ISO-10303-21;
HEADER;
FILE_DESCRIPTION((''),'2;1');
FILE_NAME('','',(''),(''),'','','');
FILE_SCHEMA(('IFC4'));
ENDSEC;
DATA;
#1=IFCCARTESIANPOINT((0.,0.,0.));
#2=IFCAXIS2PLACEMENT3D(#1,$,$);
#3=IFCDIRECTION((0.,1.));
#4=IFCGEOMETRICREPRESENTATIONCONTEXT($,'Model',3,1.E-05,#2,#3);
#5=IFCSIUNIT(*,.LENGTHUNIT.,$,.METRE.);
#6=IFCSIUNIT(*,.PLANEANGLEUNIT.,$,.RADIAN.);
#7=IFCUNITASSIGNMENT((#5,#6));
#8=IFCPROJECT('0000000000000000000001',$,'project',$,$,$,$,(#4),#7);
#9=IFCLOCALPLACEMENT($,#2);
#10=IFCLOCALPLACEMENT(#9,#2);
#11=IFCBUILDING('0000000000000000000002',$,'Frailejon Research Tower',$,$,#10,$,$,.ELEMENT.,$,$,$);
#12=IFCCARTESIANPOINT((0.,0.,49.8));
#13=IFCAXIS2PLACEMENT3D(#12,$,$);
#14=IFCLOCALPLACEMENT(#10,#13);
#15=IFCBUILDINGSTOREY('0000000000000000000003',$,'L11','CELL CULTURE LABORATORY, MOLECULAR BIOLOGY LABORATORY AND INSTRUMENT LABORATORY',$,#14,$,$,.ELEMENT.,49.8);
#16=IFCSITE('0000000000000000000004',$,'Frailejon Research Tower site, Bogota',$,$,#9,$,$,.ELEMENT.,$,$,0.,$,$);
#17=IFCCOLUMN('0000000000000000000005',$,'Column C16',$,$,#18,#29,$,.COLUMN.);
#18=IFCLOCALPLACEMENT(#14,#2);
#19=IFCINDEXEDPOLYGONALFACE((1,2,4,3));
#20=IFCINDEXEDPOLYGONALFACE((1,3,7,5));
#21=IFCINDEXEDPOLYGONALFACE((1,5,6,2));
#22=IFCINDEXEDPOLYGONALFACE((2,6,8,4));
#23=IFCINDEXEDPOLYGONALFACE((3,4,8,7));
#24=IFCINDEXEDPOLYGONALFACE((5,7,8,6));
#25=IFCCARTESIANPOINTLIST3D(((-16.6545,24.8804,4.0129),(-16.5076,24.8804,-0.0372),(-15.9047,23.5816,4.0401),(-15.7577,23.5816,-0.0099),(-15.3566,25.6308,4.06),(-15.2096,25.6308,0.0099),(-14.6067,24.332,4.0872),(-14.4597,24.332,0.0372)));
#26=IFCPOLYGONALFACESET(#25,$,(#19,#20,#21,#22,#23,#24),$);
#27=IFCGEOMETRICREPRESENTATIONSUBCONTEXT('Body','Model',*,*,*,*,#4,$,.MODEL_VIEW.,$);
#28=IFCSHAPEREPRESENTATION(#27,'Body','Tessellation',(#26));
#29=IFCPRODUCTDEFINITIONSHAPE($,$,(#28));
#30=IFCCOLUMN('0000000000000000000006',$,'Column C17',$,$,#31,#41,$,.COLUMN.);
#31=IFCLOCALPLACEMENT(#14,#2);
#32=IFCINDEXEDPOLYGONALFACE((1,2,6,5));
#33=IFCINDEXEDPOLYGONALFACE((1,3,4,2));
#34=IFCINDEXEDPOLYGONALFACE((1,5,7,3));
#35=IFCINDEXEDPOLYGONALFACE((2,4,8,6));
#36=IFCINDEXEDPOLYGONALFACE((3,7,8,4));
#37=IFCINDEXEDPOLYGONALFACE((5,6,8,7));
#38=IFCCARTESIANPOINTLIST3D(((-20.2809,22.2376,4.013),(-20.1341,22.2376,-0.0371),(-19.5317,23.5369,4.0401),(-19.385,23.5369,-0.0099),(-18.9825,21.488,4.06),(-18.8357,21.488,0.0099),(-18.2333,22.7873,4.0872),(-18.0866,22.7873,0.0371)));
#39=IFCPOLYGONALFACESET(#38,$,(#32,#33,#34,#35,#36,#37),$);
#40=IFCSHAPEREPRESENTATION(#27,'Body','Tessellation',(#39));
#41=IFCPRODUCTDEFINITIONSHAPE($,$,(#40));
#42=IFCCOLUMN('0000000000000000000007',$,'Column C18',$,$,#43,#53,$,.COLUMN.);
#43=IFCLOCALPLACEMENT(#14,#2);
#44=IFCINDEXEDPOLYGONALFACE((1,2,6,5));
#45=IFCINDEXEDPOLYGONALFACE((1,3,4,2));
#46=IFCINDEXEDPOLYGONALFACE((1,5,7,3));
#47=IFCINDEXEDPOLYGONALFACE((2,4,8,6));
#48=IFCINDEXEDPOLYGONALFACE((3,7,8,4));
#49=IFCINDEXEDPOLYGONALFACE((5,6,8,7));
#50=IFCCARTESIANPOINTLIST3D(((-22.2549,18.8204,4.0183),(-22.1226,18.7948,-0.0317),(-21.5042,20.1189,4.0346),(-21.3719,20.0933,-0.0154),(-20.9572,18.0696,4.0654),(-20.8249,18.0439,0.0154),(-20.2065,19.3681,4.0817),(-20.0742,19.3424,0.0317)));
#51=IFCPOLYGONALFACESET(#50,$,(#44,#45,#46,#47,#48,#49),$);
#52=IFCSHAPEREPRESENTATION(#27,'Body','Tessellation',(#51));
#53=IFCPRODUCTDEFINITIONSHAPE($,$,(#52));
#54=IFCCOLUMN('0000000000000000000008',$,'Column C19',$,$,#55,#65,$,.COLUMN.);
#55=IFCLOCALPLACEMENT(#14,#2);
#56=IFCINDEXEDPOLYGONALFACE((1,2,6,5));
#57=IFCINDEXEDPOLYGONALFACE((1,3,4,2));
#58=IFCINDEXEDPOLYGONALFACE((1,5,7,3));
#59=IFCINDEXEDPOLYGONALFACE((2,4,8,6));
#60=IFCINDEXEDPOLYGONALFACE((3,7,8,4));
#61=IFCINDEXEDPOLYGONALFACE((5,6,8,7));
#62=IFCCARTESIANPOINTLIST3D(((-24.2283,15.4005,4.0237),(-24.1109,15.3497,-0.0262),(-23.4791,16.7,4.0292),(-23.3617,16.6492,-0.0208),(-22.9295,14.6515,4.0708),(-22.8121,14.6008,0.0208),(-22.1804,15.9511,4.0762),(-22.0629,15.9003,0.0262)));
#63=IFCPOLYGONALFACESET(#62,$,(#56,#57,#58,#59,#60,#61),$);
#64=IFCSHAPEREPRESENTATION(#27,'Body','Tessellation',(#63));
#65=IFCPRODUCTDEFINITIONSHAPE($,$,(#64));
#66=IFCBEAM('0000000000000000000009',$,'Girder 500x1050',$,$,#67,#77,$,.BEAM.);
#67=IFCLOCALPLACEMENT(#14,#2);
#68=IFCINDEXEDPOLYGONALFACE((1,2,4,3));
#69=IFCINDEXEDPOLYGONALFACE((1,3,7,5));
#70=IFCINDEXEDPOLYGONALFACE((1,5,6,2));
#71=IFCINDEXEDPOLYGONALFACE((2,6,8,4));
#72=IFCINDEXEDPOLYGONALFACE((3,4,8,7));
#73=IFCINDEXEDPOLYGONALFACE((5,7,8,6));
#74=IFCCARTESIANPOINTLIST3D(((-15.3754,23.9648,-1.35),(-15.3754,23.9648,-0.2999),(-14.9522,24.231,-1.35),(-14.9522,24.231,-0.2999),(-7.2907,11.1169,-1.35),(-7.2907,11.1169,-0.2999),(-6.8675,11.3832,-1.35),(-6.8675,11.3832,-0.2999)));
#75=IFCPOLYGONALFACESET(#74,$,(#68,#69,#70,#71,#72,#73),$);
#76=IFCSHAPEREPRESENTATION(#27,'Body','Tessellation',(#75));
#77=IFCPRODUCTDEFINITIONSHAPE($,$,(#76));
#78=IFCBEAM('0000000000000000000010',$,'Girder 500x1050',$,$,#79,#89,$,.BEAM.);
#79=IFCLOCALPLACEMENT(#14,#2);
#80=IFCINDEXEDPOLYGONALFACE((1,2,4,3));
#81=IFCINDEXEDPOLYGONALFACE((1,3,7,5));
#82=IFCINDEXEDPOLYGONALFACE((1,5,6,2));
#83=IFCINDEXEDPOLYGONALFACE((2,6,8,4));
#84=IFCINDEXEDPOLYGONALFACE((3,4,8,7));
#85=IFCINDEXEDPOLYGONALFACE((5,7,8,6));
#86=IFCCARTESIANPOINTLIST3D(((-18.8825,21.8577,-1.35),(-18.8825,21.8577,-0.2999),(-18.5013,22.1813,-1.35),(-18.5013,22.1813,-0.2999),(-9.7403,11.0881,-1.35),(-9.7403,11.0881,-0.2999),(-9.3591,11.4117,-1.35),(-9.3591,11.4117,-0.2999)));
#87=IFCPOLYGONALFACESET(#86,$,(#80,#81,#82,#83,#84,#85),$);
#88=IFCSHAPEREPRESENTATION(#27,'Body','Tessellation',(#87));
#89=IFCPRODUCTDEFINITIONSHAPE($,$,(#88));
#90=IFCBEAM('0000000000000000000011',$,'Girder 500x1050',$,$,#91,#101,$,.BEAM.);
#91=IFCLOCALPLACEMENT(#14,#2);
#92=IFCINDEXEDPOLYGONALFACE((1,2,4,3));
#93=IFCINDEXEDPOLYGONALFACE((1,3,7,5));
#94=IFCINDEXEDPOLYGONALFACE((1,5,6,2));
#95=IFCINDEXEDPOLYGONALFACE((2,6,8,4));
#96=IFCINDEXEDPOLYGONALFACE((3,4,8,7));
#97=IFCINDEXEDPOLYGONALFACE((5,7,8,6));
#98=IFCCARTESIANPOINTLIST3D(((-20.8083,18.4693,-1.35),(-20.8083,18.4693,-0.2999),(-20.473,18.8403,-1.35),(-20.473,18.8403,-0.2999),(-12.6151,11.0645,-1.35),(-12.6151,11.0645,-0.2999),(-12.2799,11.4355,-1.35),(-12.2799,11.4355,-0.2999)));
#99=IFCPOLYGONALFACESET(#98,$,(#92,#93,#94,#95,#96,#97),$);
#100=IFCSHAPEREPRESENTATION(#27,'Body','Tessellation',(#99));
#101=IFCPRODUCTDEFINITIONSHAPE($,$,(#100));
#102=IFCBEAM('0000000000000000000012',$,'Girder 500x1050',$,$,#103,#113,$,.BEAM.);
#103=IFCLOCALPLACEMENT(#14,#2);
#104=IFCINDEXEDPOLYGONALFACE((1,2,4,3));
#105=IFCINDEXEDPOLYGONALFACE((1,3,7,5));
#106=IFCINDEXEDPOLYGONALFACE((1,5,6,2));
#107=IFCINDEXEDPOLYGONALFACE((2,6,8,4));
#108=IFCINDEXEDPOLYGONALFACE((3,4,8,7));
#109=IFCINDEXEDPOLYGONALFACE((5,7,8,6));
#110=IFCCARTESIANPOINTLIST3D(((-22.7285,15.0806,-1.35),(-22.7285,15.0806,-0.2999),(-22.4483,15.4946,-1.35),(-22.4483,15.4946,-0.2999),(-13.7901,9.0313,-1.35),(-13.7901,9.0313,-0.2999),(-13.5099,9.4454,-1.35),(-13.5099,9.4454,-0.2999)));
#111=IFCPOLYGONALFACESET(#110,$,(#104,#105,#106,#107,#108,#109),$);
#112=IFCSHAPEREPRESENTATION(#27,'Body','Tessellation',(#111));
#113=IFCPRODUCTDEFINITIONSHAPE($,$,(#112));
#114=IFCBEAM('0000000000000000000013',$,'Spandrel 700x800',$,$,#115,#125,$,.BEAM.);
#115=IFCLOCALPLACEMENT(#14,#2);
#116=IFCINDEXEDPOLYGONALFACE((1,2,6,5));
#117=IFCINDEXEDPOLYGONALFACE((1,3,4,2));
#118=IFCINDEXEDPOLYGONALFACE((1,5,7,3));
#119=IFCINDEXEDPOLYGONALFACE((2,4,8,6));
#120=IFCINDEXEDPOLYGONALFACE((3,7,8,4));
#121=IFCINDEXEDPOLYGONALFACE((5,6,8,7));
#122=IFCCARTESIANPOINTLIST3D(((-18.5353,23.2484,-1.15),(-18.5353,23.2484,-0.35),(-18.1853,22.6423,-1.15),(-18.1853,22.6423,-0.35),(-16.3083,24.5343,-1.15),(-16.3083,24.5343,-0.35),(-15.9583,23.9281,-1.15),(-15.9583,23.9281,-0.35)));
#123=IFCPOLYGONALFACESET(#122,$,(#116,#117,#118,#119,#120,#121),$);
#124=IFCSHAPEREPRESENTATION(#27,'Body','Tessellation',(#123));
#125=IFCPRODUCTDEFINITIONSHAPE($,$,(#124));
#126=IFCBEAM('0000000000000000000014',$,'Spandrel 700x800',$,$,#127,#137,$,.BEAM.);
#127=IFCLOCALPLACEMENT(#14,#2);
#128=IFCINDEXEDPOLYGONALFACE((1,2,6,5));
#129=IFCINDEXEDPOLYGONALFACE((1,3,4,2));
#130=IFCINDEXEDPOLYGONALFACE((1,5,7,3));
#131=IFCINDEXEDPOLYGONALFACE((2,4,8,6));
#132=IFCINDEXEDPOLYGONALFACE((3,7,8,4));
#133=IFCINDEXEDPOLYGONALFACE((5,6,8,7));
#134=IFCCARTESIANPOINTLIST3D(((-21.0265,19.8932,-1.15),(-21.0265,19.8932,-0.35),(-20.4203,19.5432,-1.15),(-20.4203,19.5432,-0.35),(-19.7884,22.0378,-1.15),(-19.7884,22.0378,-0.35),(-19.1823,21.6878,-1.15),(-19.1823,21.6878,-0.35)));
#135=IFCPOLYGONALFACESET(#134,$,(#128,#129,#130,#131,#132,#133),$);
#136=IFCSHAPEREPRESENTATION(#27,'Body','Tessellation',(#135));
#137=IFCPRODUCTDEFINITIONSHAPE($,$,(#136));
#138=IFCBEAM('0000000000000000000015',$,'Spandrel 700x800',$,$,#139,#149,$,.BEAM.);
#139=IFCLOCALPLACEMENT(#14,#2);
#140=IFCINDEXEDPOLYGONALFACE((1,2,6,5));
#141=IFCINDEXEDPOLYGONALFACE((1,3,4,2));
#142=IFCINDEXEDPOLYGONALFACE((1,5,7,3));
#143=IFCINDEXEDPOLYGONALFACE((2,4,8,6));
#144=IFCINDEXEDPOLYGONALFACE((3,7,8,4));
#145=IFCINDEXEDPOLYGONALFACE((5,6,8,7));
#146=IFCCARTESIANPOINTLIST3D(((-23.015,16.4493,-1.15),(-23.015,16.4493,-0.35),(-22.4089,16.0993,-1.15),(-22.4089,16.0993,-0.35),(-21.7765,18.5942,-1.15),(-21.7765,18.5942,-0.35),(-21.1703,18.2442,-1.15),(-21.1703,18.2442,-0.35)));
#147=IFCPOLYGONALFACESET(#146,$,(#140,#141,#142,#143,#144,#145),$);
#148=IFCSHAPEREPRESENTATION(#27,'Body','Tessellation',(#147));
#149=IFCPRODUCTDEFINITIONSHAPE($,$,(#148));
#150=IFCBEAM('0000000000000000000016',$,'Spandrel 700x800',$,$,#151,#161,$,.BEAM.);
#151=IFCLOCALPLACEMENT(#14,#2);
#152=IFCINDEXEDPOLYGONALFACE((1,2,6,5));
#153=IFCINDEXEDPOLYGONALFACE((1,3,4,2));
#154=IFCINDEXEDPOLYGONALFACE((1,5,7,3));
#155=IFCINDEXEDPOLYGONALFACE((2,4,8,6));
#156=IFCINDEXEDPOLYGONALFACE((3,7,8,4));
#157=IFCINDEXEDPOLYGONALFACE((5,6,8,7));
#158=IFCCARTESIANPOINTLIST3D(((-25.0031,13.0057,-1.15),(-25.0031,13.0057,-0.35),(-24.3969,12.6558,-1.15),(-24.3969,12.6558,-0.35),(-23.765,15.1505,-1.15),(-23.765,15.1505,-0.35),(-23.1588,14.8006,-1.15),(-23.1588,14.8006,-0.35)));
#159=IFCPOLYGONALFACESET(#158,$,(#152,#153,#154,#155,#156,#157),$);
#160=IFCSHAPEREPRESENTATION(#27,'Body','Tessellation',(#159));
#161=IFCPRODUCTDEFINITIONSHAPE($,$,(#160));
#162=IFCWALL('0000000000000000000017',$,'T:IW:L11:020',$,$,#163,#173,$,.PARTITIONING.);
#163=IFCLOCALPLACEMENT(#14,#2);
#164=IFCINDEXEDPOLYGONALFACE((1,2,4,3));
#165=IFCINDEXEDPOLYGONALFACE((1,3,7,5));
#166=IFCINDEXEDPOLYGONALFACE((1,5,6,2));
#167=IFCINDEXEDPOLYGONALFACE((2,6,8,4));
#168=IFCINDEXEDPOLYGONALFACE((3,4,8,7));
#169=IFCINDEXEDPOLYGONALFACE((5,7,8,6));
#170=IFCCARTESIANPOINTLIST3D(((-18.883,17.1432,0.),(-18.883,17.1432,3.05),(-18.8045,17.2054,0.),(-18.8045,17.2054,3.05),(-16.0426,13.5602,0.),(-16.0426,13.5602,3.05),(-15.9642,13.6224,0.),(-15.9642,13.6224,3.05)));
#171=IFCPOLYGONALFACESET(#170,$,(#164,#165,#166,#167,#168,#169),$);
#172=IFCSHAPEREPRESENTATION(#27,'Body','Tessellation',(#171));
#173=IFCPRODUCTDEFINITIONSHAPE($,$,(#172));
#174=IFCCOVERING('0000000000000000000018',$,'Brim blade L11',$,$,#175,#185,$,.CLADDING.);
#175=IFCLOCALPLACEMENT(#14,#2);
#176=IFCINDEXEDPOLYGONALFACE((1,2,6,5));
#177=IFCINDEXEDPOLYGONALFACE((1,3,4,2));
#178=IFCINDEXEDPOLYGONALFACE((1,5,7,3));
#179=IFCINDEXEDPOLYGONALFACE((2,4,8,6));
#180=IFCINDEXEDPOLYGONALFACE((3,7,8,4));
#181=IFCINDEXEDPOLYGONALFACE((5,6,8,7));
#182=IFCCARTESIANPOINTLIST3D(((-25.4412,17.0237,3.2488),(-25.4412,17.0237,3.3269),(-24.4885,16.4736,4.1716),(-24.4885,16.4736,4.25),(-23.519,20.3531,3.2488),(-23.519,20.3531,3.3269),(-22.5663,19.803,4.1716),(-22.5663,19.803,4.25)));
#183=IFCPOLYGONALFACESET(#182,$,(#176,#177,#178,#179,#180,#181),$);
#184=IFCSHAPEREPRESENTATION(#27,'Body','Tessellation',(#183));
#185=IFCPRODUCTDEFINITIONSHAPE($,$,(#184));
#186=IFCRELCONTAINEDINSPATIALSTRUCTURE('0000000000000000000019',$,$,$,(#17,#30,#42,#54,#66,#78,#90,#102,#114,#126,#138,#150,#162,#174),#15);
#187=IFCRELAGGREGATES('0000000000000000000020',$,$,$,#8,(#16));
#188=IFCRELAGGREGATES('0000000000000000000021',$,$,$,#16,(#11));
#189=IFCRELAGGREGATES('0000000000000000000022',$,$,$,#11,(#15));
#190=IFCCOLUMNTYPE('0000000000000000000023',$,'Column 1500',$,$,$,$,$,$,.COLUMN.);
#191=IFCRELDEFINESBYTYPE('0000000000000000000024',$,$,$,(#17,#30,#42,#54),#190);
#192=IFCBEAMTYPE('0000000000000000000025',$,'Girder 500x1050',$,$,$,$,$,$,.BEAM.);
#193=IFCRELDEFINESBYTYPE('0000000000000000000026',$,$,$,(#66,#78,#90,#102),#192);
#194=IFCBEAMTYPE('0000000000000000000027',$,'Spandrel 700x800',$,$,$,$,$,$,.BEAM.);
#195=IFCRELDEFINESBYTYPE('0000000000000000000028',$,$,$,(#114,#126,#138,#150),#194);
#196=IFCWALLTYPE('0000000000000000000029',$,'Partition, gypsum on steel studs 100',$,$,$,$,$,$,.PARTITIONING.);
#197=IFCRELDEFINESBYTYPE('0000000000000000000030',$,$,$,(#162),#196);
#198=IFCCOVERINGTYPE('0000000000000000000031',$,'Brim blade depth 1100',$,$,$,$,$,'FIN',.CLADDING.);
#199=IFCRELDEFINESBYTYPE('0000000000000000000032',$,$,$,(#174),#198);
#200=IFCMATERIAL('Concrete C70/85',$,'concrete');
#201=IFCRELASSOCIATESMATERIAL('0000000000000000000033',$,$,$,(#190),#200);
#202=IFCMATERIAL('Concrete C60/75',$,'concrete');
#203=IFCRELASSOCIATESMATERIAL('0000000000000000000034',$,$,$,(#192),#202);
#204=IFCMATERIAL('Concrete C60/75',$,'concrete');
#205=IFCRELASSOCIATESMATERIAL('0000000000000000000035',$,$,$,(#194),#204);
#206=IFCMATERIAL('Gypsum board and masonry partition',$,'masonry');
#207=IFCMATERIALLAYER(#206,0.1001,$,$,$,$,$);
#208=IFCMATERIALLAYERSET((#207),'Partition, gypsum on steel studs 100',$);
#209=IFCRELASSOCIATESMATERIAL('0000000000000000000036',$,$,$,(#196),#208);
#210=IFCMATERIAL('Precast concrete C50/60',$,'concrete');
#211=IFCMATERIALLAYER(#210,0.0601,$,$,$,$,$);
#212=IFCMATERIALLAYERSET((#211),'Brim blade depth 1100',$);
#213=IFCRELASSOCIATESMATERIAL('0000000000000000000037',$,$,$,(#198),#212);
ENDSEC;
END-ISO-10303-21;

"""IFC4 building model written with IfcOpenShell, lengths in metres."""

from ifc_helpers import new_model, si_unit, direction, frame, frame_2d, origin, origin_2d, place, context, subcontext, project, spatial, polyline, rectangle, outline, extrude, material, layer, layer_set, material_profile, profile_set, type_object, element, save


model = new_model("IFC4")

# Units and contexts
model_context = context("Model", 3, precision=1e-05, world=origin(), true_north=direction((0.0, 1.0)))
body_context = subcontext(model_context, "Body", "Model", "MODEL_VIEW")
ifc_project = project(units=[si_unit("LENGTHUNIT", "METRE"), si_unit("PLANEANGLEUNIT", "RADIAN")], contexts=[model_context])

# Site, building, storey
site_placement = place(None, origin())
site = spatial("IfcSite", under=ifc_project, at=site_placement, Name="Frailejon Research Tower site, Bogota", CompositionType="ELEMENT", RefElevation=0.0)
building_placement = place(site_placement, origin())
building = spatial("IfcBuilding", under=site, at=building_placement, Name="Frailejon Research Tower", CompositionType="ELEMENT")
storey_placement = place(building_placement, frame((0.0, 0.0, 49.8)))
storey = spatial("IfcBuildingStorey", under=building, at=storey_placement, Name="L11", Description="CELL CULTURE LABORATORY, MOLECULAR BIOLOGY LABORATORY AND INSTRUMENT LABORATORY", CompositionType="ELEMENT", Elevation=49.8)

# Columns
ifc_material_1 = material(Name="Concrete C70/85", Category="concrete")
ifc_material_profile_1 = material_profile(ifc_material_1, rectangle(XDim=1.5, YDim=1.5, at=origin_2d()), Name="Column 1500")
ifc_profile_set_1 = profile_set([ifc_material_profile_1], Name="Concrete C70/85")
column_type = type_object("IfcColumnType", Name="Column 1500", PredefinedType="COLUMN", material=ifc_profile_set_1)
for number, where, z_axis, x_axis, name in (
    (1, (-15.4836, 24.6062, 0.0), (-0.036265, 0.0, 0.999342), (-0.865314, -0.500246, -0.031401), "Column C16"),
    (2, (-19.1104, 22.5125, 0.0), (-0.036205, 0.0, 0.999344), (-0.499426, -0.866168, -0.018094), "Column C17"),
):
    element("IfcColumn", number, at=place(storey_placement, frame(where, z_axis=z_axis, x_axis=x_axis)), inside=storey, type_object=column_type, Name=name, PredefinedType="COLUMN", context=body_context, shape_type="SweptSolid", body=[
        extrude(rectangle(XDim=1.5, YDim=1.5, at=origin_2d()), origin(), (0.0, 0.0, 1.0), 4.0527),
    ])
column_1_placement = place(storey_placement, frame((-21.0984, 19.0686, 0.0), z_axis=(-0.032654, 0.006326, 0.999447), x_axis=(-0.500479, -0.865681, -0.010872)))
element("IfcColumn", 3, at=column_1_placement, inside=storey, type_object=column_type, Name="Column C18", PredefinedType="COLUMN", context=body_context, shape_type="SweptSolid", body=[
    extrude(rectangle(XDim=1.5, YDim=1.5, at=origin_2d()), origin(), (0.0, 0.0, 1.0), 4.0522),
])
column_2_placement = place(storey_placement, frame((-23.0869, 15.625, 0.0), z_axis=(-0.028981, 0.012532, 0.999501), x_axis=(-0.49945, -0.866335, -0.003619)))
element("IfcColumn", 4, at=column_2_placement, inside=storey, type_object=column_type, Name="Column C19", PredefinedType="COLUMN", context=body_context, shape_type="SweptSolid", body=[
    extrude(rectangle(XDim=1.5, YDim=1.5, at=origin_2d()), origin(), (0.0, 0.0, 1.0), 4.052),
])

# Beams
ifc_material_2 = material(Name="Concrete C60/75", Category="concrete")
ifc_material_profile_2 = material_profile(ifc_material_2, rectangle(XDim=0.5, YDim=1.05, at=origin_2d()), Name="Girder 500x1050")
ifc_profile_set_2 = profile_set([ifc_material_profile_2], Name="Concrete C60/75")
beam_type_1 = type_object("IfcBeamType", Name="Girder 500x1050", PredefinedType="BEAM", material=ifc_profile_set_2)
beam_1_placement = place(storey_placement, frame((-15.1638, 24.0979, -0.825), z_axis=(0.532591, -0.846372, 0.0), x_axis=(0.846372, 0.532591, 0.0)))
element("IfcBeam", 5, at=beam_1_placement, inside=storey, type_object=beam_type_1, Name="Girder 500x1050", PredefinedType="BEAM", context=body_context, shape_type="SweptSolid", body=[
    extrude(rectangle(XDim=0.5, YDim=1.05, at=origin_2d()), origin(), (0.0, 0.0, 1.0), 15.1799),
])
beam_2_placement = place(storey_placement, frame((-18.6919, 22.0195, -0.825), z_axis=(0.647155, -0.762359, 0.0), x_axis=(0.762359, 0.647155, 0.0)))
element("IfcBeam", 6, at=beam_2_placement, inside=storey, type_object=beam_type_1, Name="Girder 500x1050", PredefinedType="BEAM", context=body_context, shape_type="SweptSolid", body=[
    extrude(rectangle(XDim=0.5, YDim=1.05, at=origin_2d()), origin(), (0.0, 0.0, 1.0), 14.1267),
])
beam_3_placement = place(storey_placement, frame((-20.6406, 18.6548, -0.825), z_axis=(0.741898, -0.670513, 0.0), x_axis=(0.670513, 0.741898, 0.0)))
element("IfcBeam", 7, at=beam_3_placement, inside=storey, type_object=beam_type_1, Name="Girder 500x1050", PredefinedType="BEAM", context=body_context, shape_type="SweptSolid", body=[
    extrude(rectangle(XDim=0.5, YDim=1.05, at=origin_2d()), origin(), (0.0, 0.0, 1.0), 11.0435),
])
beam_4_placement = place(storey_placement, frame((-22.5884, 15.2876, -0.825), z_axis=(0.828167, -0.560481, 0.0), x_axis=(0.560481, 0.828167, 0.0)))
element("IfcBeam", 8, at=beam_4_placement, inside=storey, type_object=beam_type_1, Name="Girder 500x1050", PredefinedType="BEAM", context=body_context, shape_type="SweptSolid", body=[
    extrude(rectangle(XDim=0.5, YDim=1.05, at=origin_2d()), origin(), (0.0, 0.0, 1.0), 10.793),
])
ifc_material_3 = material(Name="Concrete C60/75", Category="concrete")
ifc_material_profile_3 = material_profile(ifc_material_3, rectangle(XDim=0.7, YDim=0.8, at=origin_2d()), Name="Spandrel 700x800")
ifc_profile_set_3 = profile_set([ifc_material_profile_3], Name="Concrete C60/75")
beam_type_2 = type_object("IfcBeamType", Name="Spandrel 700x800", PredefinedType="BEAM", material=ifc_profile_set_3)
beam_5_placement = place(storey_placement, frame((-16.1333, 24.2312, -0.75), z_axis=(-0.866009, -0.500029, 0.0), x_axis=(0.500029, -0.866009, 0.0)))
element("IfcBeam", 9, at=beam_5_placement, inside=storey, type_object=beam_type_2, Name="Spandrel 700x800", PredefinedType="BEAM", context=body_context, shape_type="SweptSolid", body=[
    extrude(rectangle(XDim=0.7, YDim=0.8, at=origin_2d()), origin(), (0.0, 0.0, 1.0), 2.5715),
])
beam_6_placement = place(storey_placement, frame((-19.4854, 21.8628, -0.75), z_axis=(-0.499967, -0.866044, 0.0), x_axis=(0.866044, -0.499967, 0.0)))
element("IfcBeam", 10, at=beam_6_placement, inside=storey, type_object=beam_type_2, Name="Spandrel 700x800", PredefinedType="BEAM", context=body_context, shape_type="SweptSolid", body=[
    extrude(rectangle(XDim=0.7, YDim=0.8, at=origin_2d()), origin(), (0.0, 0.0, 1.0), 2.4763),
])
beam_7_placement = place(storey_placement, frame((-21.4734, 18.4192, -0.75), z_axis=(-0.500072, -0.865984, 0.0), x_axis=(0.865984, -0.500072, 0.0)))
element("IfcBeam", 11, at=beam_7_placement, inside=storey, type_object=beam_type_2, Name="Spandrel 700x800", PredefinedType="BEAM", context=body_context, shape_type="SweptSolid", body=[
    extrude(rectangle(XDim=0.7, YDim=0.8, at=origin_2d()), origin(), (0.0, 0.0, 1.0), 2.4768),
])
beam_8_placement = place(storey_placement, frame((-23.4619, 14.9756, -0.75), z_axis=(-0.499924, -0.866069, 0.0), x_axis=(0.866069, -0.499924, 0.0)))
element("IfcBeam", 12, at=beam_8_placement, inside=storey, type_object=beam_type_2, Name="Spandrel 700x800", PredefinedType="BEAM", context=body_context, shape_type="SweptSolid", body=[
    extrude(rectangle(XDim=0.7, YDim=0.8, at=origin_2d()), origin(), (0.0, 0.0, 1.0), 2.4766),
])

# Wall
ifc_material_4 = material(Name="Gypsum board and masonry partition", Category="masonry")
ifc_layer_1 = layer(ifc_material_4, 0.1001)
ifc_layer_set_1 = layer_set([ifc_layer_1], Name="Partition, gypsum on steel studs 100")
wall_type_1 = type_object("IfcWallType", Name="Partition, gypsum on steel studs 100", PredefinedType="PARTITIONING", material=ifc_layer_set_1)
wall_1_placement = place(storey_placement, frame((-18.8438, 17.1743, 0.0), z_axis=(0.0, 0.0, 1.0), x_axis=(0.621212, -0.783643, 0.0)))
element("IfcWall", 13, at=wall_1_placement, inside=storey, type_object=wall_type_1, Name="T:IW:L11:020", PredefinedType="PARTITIONING", context=body_context, shape_type="SweptSolid", body=[
    extrude(rectangle(XDim=4.5723, YDim=0.1001, at=frame_2d((2.2861, 0.0))), origin(), (0.0, 0.0, 1.0), 3.05),
])

# Covering
ifc_material_5 = material(Name="Precast concrete C50/60", Category="concrete")
ifc_layer_2 = layer(ifc_material_5, 0.0601)
ifc_layer_set_2 = layer_set([ifc_layer_2], Name="Brim blade depth 1100")
covering_type_1 = type_object("IfcCoveringType", Name="Brim blade depth 1100", ElementType="FIN", PredefinedType="CLADDING", material=ifc_layer_set_2)
covering_1_placement = place(storey_placement, frame((-24.4885, 16.4736, 4.25), z_axis=(0.500003, 0.866024, 0.0), x_axis=(-0.866024, 0.500003, 0.0)))
element("IfcCovering", 14, at=covering_1_placement, inside=storey, type_object=covering_type_1, Name="Brim blade L11", PredefinedType="CLADDING", context=body_context, shape_type="SweptSolid", body=[
    extrude(outline(polyline([(0.0, -0.0784), (1.1001, -1.0012), (1.1001, -0.9231), (0.0, 0.0), (0.0, -0.0784)])), origin(), (0.0, 0.0, 1.0), 3.8445),
])

save(model, "model.ifc")
